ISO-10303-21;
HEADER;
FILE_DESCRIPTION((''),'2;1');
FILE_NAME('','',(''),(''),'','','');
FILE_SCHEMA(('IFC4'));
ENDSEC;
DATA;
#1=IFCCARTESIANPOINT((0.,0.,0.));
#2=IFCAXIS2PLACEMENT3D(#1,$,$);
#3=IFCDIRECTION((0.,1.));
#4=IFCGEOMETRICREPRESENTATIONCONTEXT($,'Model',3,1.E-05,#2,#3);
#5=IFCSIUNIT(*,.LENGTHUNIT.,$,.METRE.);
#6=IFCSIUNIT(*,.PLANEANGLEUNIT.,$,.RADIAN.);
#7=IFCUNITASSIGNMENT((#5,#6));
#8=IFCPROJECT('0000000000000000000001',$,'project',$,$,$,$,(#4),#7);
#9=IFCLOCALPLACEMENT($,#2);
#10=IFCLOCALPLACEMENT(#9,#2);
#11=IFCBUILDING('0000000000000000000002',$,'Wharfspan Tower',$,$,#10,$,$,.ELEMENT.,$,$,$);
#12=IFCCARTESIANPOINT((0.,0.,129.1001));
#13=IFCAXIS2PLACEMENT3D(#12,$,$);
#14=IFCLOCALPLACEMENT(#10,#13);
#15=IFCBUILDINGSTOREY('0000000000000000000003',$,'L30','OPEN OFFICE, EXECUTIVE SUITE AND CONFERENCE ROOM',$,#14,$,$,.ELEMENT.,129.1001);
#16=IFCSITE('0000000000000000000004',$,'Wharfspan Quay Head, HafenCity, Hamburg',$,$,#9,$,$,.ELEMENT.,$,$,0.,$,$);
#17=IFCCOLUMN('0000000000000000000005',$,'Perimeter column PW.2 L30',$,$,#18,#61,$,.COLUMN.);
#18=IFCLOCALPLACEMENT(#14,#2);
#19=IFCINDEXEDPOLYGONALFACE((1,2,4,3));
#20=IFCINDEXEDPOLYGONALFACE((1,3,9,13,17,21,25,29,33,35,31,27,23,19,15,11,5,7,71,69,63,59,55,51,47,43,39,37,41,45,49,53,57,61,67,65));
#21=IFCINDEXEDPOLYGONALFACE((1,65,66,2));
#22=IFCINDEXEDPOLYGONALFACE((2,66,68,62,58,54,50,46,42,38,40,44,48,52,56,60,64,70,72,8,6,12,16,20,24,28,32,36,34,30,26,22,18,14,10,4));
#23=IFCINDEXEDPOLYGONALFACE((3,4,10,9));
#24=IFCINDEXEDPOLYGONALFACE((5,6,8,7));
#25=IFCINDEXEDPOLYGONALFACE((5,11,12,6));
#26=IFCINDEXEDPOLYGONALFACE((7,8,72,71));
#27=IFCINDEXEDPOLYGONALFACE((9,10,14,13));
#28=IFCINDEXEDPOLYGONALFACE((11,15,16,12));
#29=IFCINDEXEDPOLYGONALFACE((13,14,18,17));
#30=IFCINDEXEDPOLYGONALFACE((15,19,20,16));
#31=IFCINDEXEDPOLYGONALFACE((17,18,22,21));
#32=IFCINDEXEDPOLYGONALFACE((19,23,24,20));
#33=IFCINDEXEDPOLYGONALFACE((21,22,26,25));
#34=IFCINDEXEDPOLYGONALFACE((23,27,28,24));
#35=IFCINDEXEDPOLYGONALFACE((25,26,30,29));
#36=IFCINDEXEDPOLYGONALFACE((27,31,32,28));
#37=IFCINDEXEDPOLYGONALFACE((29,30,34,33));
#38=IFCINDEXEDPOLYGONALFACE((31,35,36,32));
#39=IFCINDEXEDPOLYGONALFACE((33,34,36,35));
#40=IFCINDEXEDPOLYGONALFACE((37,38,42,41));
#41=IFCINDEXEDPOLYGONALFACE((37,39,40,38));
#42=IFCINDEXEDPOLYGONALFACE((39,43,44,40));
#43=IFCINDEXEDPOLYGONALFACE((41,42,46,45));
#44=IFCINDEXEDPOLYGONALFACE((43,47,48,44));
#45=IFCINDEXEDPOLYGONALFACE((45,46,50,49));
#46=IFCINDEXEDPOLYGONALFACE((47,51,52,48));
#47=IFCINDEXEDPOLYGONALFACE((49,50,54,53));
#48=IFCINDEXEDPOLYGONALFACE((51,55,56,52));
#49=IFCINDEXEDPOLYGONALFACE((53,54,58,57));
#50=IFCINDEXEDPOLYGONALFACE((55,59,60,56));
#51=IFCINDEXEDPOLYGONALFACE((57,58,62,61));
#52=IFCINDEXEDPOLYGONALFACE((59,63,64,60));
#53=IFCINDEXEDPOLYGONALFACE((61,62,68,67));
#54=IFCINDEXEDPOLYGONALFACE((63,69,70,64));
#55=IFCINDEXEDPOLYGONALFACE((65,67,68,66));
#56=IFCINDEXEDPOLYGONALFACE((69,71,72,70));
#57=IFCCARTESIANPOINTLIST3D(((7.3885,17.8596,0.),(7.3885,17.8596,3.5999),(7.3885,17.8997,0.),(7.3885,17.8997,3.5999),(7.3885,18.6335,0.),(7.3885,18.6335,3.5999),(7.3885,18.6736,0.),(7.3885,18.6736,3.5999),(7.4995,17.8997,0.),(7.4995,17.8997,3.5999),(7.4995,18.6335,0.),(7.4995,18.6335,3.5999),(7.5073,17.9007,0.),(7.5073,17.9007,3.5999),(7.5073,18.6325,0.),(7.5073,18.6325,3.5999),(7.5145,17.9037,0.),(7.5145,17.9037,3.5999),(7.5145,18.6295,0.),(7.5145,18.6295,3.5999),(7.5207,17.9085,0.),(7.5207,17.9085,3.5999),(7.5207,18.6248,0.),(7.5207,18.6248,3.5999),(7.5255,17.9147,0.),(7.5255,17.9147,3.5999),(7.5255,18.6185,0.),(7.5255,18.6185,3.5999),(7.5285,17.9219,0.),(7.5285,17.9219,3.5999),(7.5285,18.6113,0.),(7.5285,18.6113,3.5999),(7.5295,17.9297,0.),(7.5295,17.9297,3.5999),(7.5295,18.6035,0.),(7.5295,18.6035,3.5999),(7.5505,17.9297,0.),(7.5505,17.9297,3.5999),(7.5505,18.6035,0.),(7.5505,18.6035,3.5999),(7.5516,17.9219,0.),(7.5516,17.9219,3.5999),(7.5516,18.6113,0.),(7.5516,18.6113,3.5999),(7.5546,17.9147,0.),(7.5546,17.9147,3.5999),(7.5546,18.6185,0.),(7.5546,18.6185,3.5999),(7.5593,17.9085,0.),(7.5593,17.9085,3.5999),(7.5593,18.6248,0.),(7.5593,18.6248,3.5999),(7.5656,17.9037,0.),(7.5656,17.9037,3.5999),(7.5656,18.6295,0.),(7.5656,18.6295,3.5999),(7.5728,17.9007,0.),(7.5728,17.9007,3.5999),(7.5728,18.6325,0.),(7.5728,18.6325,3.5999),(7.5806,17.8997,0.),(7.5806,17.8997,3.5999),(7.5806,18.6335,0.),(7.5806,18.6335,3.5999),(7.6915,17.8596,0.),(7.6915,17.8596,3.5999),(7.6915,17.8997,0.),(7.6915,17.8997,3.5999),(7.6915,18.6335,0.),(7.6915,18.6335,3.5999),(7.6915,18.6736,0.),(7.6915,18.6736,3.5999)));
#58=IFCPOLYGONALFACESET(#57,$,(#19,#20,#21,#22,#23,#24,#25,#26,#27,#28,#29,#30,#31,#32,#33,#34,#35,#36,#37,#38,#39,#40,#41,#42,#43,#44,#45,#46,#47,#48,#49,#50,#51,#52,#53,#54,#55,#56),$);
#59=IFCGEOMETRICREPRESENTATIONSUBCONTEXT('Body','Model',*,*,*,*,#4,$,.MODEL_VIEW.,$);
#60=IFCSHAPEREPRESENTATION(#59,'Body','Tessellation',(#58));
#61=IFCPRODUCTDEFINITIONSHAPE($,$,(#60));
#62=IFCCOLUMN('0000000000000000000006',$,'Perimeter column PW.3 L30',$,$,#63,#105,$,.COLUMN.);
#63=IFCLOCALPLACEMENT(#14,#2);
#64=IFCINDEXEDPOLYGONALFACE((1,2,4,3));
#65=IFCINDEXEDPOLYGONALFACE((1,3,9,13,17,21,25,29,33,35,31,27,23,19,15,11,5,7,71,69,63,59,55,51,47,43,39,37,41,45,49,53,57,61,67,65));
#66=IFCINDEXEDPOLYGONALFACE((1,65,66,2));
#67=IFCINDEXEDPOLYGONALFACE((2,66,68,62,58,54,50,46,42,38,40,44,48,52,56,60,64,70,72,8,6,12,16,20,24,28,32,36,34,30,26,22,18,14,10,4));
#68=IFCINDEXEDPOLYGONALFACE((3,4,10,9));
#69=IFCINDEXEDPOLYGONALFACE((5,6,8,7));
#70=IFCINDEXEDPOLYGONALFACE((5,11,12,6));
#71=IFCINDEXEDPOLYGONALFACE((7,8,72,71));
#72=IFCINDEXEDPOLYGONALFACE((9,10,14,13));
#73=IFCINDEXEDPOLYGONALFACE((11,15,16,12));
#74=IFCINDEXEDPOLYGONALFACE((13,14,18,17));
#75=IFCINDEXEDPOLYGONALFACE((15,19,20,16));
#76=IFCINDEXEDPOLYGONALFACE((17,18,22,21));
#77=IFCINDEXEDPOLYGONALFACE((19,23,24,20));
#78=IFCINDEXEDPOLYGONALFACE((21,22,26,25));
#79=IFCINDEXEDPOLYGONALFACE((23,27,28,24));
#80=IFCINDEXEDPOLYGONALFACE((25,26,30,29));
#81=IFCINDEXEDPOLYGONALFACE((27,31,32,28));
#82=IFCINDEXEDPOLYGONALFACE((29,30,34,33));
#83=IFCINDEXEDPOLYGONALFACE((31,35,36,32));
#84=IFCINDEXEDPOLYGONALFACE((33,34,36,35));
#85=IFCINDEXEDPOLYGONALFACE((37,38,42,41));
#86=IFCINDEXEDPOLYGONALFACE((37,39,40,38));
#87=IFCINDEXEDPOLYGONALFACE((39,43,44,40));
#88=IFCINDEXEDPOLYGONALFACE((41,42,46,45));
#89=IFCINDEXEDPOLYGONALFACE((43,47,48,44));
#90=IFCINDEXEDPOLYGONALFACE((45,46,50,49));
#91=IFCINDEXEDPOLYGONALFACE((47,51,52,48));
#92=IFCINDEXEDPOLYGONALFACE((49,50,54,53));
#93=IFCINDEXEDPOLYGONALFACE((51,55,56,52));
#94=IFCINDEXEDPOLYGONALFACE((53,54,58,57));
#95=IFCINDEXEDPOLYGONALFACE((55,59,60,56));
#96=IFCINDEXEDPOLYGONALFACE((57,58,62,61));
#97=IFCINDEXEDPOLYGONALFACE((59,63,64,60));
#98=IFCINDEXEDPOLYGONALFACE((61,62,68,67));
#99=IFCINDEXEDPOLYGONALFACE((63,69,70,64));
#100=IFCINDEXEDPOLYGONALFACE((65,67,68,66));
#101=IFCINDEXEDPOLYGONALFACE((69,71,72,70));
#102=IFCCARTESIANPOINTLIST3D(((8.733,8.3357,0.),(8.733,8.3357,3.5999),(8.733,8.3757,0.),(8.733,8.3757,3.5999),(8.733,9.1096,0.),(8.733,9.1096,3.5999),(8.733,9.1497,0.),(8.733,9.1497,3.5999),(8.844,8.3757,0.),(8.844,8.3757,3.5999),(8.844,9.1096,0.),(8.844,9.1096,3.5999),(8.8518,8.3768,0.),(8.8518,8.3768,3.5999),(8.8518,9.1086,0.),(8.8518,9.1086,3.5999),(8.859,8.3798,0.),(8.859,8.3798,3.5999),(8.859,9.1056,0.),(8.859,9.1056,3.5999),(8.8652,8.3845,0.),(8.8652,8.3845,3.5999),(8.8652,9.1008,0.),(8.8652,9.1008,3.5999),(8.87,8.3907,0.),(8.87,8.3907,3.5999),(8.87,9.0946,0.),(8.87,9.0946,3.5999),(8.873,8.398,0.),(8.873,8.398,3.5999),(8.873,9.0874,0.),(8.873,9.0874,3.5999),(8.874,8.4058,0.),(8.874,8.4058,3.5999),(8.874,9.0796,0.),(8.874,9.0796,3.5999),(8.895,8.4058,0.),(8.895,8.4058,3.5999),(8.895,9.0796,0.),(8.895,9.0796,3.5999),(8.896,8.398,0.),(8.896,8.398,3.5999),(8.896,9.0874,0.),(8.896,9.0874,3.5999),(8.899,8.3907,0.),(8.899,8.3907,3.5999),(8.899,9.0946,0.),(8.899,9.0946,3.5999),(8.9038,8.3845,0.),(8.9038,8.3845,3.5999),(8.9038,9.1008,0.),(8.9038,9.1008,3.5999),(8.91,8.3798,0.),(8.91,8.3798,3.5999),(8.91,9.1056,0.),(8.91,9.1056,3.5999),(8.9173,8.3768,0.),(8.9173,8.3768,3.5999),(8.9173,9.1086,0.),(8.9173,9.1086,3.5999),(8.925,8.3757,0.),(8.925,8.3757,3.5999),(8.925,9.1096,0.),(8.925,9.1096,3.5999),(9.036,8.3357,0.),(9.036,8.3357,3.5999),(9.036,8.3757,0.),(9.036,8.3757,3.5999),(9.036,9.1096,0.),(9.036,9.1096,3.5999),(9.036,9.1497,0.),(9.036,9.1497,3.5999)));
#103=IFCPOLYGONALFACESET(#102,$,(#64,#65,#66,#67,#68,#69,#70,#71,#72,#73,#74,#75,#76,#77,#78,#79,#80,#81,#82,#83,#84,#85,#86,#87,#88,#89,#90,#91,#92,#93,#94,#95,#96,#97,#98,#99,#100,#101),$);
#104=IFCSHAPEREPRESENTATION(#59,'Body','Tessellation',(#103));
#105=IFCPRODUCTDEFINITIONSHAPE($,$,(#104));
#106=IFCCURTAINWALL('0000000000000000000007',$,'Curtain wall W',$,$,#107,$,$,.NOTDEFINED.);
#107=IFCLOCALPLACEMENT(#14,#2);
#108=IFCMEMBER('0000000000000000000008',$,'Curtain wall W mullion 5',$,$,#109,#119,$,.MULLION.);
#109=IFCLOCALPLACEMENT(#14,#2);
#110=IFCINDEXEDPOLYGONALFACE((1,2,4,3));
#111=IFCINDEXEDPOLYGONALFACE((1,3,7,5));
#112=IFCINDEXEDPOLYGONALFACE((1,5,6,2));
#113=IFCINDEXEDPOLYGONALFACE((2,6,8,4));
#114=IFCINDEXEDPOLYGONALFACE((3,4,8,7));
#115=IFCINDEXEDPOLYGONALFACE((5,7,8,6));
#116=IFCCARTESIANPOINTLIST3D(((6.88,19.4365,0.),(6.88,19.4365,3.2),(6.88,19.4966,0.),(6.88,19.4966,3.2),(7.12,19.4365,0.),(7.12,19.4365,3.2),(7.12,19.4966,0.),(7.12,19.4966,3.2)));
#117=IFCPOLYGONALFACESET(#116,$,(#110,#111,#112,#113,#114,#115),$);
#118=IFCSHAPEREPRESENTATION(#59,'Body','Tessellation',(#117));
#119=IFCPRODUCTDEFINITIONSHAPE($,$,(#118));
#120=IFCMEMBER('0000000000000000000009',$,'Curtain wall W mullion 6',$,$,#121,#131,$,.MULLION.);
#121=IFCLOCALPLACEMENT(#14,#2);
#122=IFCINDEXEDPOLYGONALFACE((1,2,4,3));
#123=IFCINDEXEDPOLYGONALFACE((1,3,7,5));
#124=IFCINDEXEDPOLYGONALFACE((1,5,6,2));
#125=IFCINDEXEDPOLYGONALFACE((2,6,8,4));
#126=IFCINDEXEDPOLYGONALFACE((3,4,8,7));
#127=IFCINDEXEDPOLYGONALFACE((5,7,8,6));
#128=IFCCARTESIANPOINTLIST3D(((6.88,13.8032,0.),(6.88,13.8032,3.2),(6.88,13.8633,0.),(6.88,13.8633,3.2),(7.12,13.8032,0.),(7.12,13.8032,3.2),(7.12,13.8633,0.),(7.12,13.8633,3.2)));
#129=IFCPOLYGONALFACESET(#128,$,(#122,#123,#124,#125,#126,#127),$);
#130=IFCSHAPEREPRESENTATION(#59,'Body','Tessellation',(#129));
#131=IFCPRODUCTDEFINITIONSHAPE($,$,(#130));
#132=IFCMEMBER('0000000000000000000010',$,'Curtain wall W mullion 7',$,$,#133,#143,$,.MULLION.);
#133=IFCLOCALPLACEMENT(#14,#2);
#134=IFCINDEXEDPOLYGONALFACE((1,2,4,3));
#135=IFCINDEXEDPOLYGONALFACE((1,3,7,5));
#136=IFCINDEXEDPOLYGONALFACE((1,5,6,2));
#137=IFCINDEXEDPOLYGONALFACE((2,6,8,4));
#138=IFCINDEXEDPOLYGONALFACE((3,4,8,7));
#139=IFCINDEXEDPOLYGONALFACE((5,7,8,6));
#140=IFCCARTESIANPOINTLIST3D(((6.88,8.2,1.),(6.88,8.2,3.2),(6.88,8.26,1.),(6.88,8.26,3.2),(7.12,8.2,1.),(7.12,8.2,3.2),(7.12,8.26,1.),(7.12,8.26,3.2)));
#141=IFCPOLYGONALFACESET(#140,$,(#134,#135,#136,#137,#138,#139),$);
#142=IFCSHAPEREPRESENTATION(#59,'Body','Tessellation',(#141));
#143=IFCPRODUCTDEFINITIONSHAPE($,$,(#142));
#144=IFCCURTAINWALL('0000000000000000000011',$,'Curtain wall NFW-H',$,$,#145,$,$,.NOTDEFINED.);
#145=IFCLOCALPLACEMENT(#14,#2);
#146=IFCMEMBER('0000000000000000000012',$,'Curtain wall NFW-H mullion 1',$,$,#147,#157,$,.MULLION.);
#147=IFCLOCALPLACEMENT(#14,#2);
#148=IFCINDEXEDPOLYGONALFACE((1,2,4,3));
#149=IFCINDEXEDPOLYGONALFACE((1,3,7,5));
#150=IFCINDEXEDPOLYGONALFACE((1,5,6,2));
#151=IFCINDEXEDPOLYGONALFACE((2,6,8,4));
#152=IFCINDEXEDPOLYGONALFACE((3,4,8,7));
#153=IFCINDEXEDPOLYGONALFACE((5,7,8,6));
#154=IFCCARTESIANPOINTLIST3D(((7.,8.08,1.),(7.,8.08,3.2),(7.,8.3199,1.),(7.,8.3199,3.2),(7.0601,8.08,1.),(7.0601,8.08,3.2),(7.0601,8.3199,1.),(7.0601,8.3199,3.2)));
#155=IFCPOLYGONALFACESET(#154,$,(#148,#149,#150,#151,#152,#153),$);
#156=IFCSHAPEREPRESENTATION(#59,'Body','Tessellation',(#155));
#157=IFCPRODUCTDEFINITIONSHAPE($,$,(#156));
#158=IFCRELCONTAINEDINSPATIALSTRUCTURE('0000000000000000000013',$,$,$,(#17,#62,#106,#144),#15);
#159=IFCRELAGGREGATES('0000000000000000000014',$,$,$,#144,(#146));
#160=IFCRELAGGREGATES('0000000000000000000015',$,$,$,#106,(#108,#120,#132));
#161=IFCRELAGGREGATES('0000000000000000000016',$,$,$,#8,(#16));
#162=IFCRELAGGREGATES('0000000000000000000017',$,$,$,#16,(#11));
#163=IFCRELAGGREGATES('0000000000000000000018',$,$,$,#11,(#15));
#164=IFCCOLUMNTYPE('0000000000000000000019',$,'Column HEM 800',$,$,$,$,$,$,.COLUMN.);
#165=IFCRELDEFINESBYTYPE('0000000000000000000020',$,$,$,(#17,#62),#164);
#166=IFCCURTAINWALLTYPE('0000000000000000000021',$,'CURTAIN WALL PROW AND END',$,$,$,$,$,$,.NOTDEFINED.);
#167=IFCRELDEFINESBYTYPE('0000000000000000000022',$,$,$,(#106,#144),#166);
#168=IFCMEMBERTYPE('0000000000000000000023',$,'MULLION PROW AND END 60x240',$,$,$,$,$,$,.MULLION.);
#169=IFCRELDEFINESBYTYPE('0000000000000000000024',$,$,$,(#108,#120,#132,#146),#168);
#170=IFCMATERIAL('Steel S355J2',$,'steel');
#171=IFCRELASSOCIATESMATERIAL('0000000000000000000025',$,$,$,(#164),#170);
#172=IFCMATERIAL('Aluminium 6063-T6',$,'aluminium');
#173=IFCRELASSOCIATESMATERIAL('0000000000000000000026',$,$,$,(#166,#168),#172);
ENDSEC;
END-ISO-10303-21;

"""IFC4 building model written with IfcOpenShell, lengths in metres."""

from ifc_helpers import new_model, si_unit, direction, frame, origin, origin_2d, place, context, subcontext, project, spatial, rectangle, i_section, extrude, material, material_profile, profile_set, type_object, element, aggregate, save


model = new_model("IFC4")

# Units and contexts
model_context = context("Model", 3, precision=1e-05, world=origin(), true_north=direction((0.0, 1.0)))
body_context = subcontext(model_context, "Body", "Model", "MODEL_VIEW")
ifc_project = project(units=[si_unit("LENGTHUNIT", "METRE"), si_unit("PLANEANGLEUNIT", "RADIAN")], contexts=[model_context])

# Site, building, storey
site_placement = place(None, origin())
site = spatial("IfcSite", under=ifc_project, at=site_placement, Name="Wharfspan Quay Head, HafenCity, Hamburg", CompositionType="ELEMENT", RefElevation=0.0)
building_placement = place(site_placement, origin())
building = spatial("IfcBuilding", under=site, at=building_placement, Name="Wharfspan Tower", CompositionType="ELEMENT")
storey_placement = place(building_placement, frame((0.0, 0.0, 129.1001)))
storey = spatial("IfcBuildingStorey", under=building, at=storey_placement, Name="L30", Description="OPEN OFFICE, EXECUTIVE SUITE AND CONFERENCE ROOM", CompositionType="ELEMENT", Elevation=129.1001)

# Columns
ifc_material_1 = material(Name="Steel S355J2", Category="steel")
ifc_material_profile_1 = material_profile(ifc_material_1, i_section(OverallWidth=0.303, OverallDepth=0.814, WebThickness=0.021, FlangeThickness=0.04, FilletRadius=0.03, at=origin_2d()))
ifc_profile_set_1 = profile_set([ifc_material_profile_1], Name="Steel S355J2")
column_type = type_object("IfcColumnType", Name="Column HEM 800", PredefinedType="COLUMN", material=ifc_profile_set_1)
for number, where, z_axis, x_axis, name in (
    (1, (7.54, 18.2666, 0.0), (0.0, 0.0, 1.0), (-1.0, 0.0, 0.0), "Perimeter column PW.2 L30"),
    (2, (8.8845, 8.7427, 0.0), (0.0, 0.0, 1.0), (-1.0, 0.0, 0.0), "Perimeter column PW.3 L30"),
):
    element("IfcColumn", number, at=place(storey_placement, frame(where, z_axis=z_axis, x_axis=x_axis)), inside=storey, type_object=column_type, Name=name, PredefinedType="COLUMN", context=body_context, shape_type="SweptSolid", body=[
        extrude(i_section(OverallWidth=0.303, OverallDepth=0.814, WebThickness=0.021, FlangeThickness=0.04, FilletRadius=0.03, at=origin_2d()), origin(), (0.0, 0.0, 1.0), 3.5999),
    ])

# Curtain wall, members
ifc_material_2 = material(Name="Aluminium 6063-T6", Category="aluminium")
curtain_wall_type = type_object("IfcCurtainWallType", Name="CURTAIN WALL PROW AND END", PredefinedType="NOTDEFINED", material=ifc_material_2)
curtain_wall_1_placement = place(storey_placement, origin())
curtain_wall_1 = element("IfcCurtainWall", 3, at=curtain_wall_1_placement, inside=storey, type_object=curtain_wall_type, Name="Curtain wall W", PredefinedType="NOTDEFINED")
ifc_material_profile_2 = material_profile(ifc_material_2, rectangle(XDim=0.24, YDim=0.0601, at=origin_2d()))
ifc_profile_set_2 = profile_set([ifc_material_profile_2], Name="Aluminium 6063-T6")
member_type_1 = type_object("IfcMemberType", Name="MULLION PROW AND END 60x240", PredefinedType="MULLION", material=ifc_profile_set_2)
member_1_placement = place(storey_placement, frame((7.0, 19.4666, 0.0), z_axis=(0.0, 0.0, 1.0), x_axis=(1.0, 0.0, 0.0)))
member_1 = element("IfcMember", 4, at=member_1_placement, type_object=member_type_1, Name="Curtain wall W mullion 5", PredefinedType="MULLION", context=body_context, shape_type="SweptSolid", body=[
    extrude(rectangle(XDim=0.24, YDim=0.0601, at=origin_2d()), origin(), (0.0, 0.0, 1.0), 3.2),
])
member_2_placement = place(storey_placement, frame((7.0, 13.8333, 0.0), z_axis=(0.0, 0.0, 1.0), x_axis=(1.0, 0.0, 0.0)))
member_2 = element("IfcMember", 5, at=member_2_placement, type_object=member_type_1, Name="Curtain wall W mullion 6", PredefinedType="MULLION", context=body_context, shape_type="SweptSolid", body=[
    extrude(rectangle(XDim=0.24, YDim=0.0601, at=origin_2d()), origin(), (0.0, 0.0, 1.0), 3.2),
])
member_3_placement = place(storey_placement, frame((7.0, 8.23, 1.0), z_axis=(0.0, 0.0, 1.0), x_axis=(1.0, 0.0, 0.0)))
member_3 = element("IfcMember", 6, at=member_3_placement, type_object=member_type_1, Name="Curtain wall W mullion 7", PredefinedType="MULLION", context=body_context, shape_type="SweptSolid", body=[
    extrude(rectangle(XDim=0.24, YDim=0.0601, at=origin_2d()), origin(), (0.0, 0.0, 1.0), 2.2),
])

# Curtain wall, member
curtain_wall_2_placement = place(storey_placement, origin())
curtain_wall_2 = element("IfcCurtainWall", 7, at=curtain_wall_2_placement, inside=storey, type_object=curtain_wall_type, Name="Curtain wall NFW-H", PredefinedType="NOTDEFINED")
member_4_placement = place(storey_placement, frame((7.03, 8.2, 1.0), z_axis=(0.0, 0.0, 1.0), x_axis=(0.0, 1.0, 0.0)))
member_4 = element("IfcMember", 8, at=member_4_placement, type_object=member_type_1, Name="Curtain wall NFW-H mullion 1", PredefinedType="MULLION", context=body_context, shape_type="SweptSolid", body=[
    extrude(rectangle(XDim=0.24, YDim=0.0601, at=origin_2d()), origin(), (0.0, 0.0, 1.0), 2.2),
])

aggregate(curtain_wall_2, [member_4])
aggregate(curtain_wall_1, [member_1, member_2, member_3])

save(model, "model.ifc")
